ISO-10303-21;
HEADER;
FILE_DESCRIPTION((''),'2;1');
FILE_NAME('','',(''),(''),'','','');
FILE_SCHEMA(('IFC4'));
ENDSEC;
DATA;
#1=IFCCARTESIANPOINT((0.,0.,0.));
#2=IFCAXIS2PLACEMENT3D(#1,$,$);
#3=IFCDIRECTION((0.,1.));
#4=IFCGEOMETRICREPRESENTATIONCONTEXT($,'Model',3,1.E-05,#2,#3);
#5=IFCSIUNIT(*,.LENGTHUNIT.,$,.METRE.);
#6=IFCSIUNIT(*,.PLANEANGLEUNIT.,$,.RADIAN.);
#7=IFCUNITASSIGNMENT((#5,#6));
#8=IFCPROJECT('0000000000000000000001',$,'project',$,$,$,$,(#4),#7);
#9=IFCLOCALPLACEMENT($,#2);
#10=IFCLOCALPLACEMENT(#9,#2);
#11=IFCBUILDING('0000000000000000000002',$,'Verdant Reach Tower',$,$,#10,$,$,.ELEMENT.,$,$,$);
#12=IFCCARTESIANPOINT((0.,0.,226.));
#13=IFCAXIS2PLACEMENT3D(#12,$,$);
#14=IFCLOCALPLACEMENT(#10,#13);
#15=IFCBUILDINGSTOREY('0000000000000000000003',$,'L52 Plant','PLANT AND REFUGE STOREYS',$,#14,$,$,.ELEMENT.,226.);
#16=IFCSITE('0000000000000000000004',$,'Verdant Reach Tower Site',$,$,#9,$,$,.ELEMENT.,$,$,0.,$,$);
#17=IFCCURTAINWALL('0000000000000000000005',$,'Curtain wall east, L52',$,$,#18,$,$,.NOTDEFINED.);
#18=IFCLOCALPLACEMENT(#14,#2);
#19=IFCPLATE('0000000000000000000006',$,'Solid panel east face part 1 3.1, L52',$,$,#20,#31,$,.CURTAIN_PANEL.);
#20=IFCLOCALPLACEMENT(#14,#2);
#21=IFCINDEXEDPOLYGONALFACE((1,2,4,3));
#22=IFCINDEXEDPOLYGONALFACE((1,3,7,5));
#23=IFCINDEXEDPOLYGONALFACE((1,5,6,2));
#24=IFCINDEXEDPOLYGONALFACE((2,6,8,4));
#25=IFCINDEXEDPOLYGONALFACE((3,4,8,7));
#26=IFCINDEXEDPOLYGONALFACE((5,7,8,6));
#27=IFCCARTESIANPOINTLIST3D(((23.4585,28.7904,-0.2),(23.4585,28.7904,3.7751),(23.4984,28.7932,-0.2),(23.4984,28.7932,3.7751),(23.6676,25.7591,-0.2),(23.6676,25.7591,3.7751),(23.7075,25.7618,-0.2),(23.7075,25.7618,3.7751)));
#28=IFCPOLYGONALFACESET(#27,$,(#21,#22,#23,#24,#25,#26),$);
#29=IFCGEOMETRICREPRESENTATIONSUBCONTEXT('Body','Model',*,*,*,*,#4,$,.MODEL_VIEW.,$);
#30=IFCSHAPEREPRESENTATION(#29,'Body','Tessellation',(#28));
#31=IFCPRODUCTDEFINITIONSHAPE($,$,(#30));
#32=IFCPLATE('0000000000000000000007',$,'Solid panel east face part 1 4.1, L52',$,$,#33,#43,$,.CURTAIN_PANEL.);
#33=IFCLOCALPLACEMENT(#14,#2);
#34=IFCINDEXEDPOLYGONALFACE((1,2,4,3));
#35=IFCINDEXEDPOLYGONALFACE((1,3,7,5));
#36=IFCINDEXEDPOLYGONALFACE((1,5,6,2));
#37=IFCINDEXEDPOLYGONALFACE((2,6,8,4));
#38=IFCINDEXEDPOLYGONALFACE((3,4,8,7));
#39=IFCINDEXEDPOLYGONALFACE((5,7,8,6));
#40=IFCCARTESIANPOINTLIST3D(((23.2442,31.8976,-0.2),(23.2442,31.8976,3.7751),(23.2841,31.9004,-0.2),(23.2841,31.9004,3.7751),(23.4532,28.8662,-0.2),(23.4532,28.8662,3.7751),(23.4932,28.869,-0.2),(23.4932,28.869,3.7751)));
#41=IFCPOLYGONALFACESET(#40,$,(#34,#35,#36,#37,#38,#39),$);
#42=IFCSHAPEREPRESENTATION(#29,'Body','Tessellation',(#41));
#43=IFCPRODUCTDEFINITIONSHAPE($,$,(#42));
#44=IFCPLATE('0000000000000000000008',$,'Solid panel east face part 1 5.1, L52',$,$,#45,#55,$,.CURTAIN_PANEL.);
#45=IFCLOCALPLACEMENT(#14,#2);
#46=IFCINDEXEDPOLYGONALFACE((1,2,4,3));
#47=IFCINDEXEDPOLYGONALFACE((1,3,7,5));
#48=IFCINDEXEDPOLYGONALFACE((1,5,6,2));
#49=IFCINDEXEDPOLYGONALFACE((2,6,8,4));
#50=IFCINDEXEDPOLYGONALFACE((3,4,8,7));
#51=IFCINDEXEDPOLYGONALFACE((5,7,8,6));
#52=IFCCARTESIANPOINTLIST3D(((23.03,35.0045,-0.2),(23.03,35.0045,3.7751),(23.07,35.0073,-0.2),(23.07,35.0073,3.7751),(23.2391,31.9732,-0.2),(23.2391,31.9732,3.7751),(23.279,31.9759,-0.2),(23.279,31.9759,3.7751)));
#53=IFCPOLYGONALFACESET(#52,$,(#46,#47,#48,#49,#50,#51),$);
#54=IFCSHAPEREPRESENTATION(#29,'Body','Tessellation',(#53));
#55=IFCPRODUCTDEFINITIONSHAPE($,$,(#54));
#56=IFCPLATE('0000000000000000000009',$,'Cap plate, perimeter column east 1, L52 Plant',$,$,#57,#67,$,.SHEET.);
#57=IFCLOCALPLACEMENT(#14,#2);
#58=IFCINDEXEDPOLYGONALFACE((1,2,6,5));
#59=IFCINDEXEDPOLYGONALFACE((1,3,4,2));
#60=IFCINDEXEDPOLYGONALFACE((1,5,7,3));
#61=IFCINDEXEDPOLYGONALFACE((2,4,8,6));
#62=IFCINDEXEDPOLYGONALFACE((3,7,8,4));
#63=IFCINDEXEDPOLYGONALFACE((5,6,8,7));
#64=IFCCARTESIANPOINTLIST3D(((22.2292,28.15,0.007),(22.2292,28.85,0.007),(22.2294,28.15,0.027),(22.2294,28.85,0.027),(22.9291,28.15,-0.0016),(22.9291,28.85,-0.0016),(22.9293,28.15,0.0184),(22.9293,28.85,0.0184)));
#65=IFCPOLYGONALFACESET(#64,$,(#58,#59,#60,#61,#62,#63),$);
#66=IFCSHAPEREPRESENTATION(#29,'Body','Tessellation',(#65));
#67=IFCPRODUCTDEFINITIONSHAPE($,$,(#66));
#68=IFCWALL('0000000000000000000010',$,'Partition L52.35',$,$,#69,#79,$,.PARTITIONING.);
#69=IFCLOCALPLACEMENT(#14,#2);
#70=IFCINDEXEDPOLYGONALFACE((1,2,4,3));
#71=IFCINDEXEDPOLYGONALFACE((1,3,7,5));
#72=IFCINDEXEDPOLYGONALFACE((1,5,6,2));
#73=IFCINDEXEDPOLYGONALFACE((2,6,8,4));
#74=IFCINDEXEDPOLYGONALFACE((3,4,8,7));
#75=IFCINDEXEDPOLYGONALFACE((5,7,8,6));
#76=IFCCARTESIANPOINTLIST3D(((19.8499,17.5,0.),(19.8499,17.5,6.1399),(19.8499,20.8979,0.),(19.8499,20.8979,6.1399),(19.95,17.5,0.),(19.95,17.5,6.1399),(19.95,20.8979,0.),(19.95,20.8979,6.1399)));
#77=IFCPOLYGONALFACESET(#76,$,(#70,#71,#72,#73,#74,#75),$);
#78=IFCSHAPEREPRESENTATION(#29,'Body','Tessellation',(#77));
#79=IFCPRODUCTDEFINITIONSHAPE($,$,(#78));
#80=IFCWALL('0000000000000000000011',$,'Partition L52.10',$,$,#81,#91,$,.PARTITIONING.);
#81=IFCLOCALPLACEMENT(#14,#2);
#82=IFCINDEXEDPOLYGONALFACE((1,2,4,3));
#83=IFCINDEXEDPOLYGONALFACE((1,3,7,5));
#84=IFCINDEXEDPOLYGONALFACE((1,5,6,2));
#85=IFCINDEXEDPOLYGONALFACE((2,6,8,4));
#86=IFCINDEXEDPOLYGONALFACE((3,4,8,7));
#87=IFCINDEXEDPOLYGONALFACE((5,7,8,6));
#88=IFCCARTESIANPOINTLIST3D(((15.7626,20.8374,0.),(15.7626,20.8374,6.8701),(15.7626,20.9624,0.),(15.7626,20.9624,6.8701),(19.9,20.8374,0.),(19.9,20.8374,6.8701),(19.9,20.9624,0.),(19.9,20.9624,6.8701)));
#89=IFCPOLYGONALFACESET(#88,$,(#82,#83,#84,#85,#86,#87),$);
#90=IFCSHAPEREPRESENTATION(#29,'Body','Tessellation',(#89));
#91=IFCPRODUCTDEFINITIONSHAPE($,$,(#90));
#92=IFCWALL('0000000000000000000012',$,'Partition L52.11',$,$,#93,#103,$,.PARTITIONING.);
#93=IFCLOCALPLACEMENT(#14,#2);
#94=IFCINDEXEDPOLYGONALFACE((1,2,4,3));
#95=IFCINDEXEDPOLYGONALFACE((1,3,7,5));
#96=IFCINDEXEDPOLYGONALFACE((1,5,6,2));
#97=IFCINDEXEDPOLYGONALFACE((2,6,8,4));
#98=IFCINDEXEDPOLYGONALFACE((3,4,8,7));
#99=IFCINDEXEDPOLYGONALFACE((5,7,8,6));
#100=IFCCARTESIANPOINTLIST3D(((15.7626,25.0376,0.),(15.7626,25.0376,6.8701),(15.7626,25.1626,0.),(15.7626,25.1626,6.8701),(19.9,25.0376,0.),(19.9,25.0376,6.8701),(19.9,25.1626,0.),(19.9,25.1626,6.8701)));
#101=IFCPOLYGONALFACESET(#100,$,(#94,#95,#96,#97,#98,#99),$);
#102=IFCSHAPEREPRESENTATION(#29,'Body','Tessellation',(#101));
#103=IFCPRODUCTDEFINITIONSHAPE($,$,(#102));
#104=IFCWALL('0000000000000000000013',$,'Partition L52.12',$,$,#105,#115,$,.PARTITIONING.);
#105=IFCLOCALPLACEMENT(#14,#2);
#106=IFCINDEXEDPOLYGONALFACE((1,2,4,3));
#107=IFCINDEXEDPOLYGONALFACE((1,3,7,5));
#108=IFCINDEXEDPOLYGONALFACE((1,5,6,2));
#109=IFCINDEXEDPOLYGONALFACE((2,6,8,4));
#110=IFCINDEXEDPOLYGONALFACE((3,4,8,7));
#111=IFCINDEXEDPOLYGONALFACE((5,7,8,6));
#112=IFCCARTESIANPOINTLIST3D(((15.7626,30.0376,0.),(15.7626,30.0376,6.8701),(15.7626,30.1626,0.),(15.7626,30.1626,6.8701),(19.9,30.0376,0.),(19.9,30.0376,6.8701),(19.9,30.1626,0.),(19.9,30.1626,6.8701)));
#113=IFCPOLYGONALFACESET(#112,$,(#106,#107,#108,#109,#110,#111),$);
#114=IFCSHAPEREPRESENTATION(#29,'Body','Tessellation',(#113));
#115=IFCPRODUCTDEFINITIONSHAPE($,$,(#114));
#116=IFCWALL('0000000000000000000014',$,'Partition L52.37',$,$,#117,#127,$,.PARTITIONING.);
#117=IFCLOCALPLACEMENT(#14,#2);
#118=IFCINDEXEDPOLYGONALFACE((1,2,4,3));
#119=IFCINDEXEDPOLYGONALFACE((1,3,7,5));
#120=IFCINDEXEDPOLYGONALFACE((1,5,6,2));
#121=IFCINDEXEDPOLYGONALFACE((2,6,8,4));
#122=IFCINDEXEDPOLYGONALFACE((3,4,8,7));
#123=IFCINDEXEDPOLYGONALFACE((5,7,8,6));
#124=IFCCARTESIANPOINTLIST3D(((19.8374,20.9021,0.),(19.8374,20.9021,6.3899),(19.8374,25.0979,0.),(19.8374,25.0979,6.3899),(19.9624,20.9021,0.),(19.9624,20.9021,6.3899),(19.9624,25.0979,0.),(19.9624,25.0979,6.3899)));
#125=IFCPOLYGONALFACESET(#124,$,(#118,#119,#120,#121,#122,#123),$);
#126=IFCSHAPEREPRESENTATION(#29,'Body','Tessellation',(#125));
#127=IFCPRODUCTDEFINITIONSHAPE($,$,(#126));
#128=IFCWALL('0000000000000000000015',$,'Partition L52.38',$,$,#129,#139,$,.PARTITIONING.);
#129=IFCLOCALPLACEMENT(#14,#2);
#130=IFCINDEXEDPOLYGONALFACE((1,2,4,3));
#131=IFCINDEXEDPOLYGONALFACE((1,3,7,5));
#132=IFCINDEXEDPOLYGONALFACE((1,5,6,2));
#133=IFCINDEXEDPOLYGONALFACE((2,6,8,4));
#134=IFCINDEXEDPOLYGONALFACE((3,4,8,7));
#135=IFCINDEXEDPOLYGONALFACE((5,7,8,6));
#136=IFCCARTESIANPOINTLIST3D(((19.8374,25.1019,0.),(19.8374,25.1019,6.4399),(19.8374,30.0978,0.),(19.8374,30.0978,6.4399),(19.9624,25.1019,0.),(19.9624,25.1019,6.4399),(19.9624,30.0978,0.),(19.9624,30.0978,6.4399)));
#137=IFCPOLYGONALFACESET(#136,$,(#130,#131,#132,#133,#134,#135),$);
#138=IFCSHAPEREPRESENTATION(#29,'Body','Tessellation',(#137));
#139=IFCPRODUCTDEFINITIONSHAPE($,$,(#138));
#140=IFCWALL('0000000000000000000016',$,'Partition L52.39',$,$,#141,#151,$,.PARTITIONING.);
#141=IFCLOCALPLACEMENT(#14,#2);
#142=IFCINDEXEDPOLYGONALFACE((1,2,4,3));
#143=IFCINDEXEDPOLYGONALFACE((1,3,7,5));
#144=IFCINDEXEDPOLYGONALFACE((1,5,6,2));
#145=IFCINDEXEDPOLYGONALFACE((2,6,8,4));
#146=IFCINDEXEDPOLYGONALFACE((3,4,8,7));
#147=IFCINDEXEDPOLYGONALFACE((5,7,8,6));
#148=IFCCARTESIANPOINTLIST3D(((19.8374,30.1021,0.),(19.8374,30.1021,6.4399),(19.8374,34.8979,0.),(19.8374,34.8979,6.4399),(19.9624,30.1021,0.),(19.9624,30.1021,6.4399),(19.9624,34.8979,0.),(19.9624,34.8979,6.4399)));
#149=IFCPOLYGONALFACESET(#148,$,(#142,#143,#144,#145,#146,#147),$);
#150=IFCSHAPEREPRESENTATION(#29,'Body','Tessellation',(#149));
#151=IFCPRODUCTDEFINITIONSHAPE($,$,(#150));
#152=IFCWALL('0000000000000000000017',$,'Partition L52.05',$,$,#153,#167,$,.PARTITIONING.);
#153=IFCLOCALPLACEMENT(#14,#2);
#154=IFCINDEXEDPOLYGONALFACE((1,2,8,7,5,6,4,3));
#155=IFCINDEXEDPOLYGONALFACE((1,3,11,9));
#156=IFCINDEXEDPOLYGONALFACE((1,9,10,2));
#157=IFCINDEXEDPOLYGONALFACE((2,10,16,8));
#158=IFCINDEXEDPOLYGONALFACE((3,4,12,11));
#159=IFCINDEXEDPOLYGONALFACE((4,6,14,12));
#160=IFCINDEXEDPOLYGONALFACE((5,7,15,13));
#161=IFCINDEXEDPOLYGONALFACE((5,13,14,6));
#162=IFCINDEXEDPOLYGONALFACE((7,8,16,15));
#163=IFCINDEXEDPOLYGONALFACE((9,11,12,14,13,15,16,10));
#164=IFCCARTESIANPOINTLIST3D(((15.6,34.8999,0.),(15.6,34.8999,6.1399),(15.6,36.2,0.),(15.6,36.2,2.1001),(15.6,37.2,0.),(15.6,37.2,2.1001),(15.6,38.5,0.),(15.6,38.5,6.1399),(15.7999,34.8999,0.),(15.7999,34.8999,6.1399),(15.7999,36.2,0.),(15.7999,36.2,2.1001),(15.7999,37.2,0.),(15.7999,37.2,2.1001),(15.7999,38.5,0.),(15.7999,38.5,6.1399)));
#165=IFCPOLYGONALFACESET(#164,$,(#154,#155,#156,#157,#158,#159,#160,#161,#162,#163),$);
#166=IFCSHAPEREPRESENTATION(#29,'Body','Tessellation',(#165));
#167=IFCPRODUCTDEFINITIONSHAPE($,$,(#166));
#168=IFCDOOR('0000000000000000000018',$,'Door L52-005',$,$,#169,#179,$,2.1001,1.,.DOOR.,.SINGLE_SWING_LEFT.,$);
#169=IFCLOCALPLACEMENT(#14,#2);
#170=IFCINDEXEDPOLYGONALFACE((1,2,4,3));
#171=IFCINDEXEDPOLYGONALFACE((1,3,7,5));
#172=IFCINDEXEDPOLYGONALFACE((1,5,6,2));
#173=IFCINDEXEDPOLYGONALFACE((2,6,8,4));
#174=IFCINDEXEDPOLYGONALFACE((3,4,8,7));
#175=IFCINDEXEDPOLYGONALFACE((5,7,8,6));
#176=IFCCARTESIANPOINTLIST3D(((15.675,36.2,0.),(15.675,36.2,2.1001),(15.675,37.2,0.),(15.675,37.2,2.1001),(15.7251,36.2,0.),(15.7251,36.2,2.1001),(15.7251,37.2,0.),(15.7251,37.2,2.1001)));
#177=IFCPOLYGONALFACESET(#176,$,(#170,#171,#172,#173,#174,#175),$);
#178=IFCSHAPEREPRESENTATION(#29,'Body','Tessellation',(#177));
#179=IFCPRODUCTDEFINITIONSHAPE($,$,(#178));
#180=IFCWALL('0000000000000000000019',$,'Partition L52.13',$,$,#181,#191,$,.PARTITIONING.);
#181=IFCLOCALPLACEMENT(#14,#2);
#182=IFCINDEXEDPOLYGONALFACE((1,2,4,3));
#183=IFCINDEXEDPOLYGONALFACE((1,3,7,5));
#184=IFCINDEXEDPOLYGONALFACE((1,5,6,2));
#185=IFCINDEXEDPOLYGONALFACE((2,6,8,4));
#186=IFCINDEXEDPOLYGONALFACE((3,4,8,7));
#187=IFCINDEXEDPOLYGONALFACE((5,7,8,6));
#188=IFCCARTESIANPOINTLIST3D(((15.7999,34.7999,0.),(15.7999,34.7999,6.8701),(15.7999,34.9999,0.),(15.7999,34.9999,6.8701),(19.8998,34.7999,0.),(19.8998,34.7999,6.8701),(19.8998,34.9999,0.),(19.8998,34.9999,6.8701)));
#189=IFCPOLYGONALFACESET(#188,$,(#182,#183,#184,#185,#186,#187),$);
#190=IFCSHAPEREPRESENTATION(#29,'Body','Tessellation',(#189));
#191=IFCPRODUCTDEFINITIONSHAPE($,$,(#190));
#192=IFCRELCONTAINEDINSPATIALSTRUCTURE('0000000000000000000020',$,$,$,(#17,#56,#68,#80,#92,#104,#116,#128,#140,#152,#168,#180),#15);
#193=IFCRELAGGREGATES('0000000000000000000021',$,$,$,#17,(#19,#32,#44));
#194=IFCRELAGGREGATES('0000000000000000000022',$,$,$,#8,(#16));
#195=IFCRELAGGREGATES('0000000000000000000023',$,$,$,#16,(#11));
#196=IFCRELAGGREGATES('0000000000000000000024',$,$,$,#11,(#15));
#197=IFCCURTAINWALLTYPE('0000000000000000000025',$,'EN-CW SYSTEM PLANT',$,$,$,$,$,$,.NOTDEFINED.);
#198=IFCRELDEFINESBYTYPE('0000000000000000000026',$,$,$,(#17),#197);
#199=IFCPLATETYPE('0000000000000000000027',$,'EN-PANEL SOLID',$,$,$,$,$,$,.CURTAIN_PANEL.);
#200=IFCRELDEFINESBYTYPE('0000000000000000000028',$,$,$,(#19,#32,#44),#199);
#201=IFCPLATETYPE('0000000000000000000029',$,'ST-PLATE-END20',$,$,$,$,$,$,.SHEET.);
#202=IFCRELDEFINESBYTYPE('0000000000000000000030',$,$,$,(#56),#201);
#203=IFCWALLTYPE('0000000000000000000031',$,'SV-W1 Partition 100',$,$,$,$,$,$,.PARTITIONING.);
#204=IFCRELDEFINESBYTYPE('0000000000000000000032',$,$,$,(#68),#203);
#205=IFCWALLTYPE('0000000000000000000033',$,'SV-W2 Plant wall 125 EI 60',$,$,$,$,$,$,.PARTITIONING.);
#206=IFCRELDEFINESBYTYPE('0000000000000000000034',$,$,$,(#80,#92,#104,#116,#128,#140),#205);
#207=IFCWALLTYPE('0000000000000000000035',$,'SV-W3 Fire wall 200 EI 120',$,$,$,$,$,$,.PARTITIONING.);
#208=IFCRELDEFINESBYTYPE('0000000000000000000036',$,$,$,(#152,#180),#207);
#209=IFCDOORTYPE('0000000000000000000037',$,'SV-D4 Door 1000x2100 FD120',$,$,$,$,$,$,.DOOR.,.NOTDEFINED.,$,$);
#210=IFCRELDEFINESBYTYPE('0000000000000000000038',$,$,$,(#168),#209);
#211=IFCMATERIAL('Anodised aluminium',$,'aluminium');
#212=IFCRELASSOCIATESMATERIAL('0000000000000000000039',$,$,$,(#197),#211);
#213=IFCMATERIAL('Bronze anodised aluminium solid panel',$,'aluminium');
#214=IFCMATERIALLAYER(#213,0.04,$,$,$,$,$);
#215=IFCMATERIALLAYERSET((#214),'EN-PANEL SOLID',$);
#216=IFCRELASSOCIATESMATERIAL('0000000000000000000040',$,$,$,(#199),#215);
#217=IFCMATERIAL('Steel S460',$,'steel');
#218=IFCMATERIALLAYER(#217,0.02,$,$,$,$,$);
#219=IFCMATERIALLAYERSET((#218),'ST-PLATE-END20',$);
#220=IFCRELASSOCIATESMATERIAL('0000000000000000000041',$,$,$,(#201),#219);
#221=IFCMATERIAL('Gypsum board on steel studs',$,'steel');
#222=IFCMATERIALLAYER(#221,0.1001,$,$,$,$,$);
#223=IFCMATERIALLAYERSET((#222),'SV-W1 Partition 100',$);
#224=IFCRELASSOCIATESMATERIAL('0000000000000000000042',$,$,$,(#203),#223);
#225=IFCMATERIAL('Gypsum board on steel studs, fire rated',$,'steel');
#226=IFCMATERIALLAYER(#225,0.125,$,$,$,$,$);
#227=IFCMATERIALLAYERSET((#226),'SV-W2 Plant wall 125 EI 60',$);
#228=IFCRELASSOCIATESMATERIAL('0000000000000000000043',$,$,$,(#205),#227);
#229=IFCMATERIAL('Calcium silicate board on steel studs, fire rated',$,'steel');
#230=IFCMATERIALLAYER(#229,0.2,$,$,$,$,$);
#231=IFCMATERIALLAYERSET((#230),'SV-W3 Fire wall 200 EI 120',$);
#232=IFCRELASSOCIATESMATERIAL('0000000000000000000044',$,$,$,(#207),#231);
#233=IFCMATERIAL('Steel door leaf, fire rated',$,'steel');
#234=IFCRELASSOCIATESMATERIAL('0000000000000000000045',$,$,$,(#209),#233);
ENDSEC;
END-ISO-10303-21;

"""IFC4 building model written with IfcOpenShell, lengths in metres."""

from ifc_helpers import new_model, si_unit, direction, frame, frame_2d, origin, origin_2d, place, context, subcontext, project, spatial, rectangle, extrude, material, layer, layer_set, type_object, element, fill, aggregate, save


model = new_model("IFC4")

# Units and contexts
model_context = context("Model", 3, precision=1e-05, world=origin(), true_north=direction((0.0, 1.0)))
body_context = subcontext(model_context, "Body", "Model", "MODEL_VIEW")
ifc_project = project(units=[si_unit("LENGTHUNIT", "METRE"), si_unit("PLANEANGLEUNIT", "RADIAN")], contexts=[model_context])

# Site, building, storey
site_placement = place(None, origin())
site = spatial("IfcSite", under=ifc_project, at=site_placement, Name="Verdant Reach Tower Site", CompositionType="ELEMENT", RefElevation=0.0)
building_placement = place(site_placement, origin())
building = spatial("IfcBuilding", under=site, at=building_placement, Name="Verdant Reach Tower", CompositionType="ELEMENT")
storey_placement = place(building_placement, frame((0.0, 0.0, 226.0)))
storey = spatial("IfcBuildingStorey", under=building, at=storey_placement, Name="L52 Plant", Description="PLANT AND REFUGE STOREYS", CompositionType="ELEMENT", Elevation=226.0)

# Shared definitions
ifc_material_1 = material(Name="Steel S460", Category="steel")

# Curtain wall
ifc_material_2 = material(Name="Anodised aluminium", Category="aluminium")
curtain_wall_type = type_object("IfcCurtainWallType", Name="EN-CW SYSTEM PLANT", PredefinedType="NOTDEFINED", material=ifc_material_2)
curtain_wall_placement = place(storey_placement, origin())
curtain_wall = element("IfcCurtainWall", 1, at=curtain_wall_placement, inside=storey, type_object=curtain_wall_type, Name="Curtain wall east, L52", PredefinedType="NOTDEFINED")

# Plates
ifc_material_3 = material(Name="Bronze anodised aluminium solid panel", Category="aluminium")
ifc_layer_1 = layer(ifc_material_3, 0.04)
ifc_layer_set_1 = layer_set([ifc_layer_1], Name="EN-PANEL SOLID")
plate_type_1 = type_object("IfcPlateType", Name="EN-PANEL SOLID", PredefinedType="CURTAIN_PANEL", material=ifc_layer_set_1)
plate_1_placement = place(storey_placement, frame((23.583, 27.2761, -0.2), z_axis=(0.0, 0.0, 1.0), x_axis=(-0.068802, 0.99763, 0.0)))
plate_1 = element("IfcPlate", 2, at=plate_1_placement, type_object=plate_type_1, Name="Solid panel east face part 1 3.1, L52", PredefinedType="CURTAIN_PANEL", context=body_context, shape_type="SweptSolid", body=[
    extrude(rectangle(XDim=3.0386, YDim=0.04, at=origin_2d()), origin(), (0.0, 0.0, 1.0), 3.9751),
])
plate_2_placement = place(storey_placement, frame((23.3687, 30.3833, -0.2), z_axis=(0.0, 0.0, 1.0), x_axis=(-0.068802, 0.99763, 0.0)))
plate_2 = element("IfcPlate", 3, at=plate_2_placement, type_object=plate_type_1, Name="Solid panel east face part 1 4.1, L52", PredefinedType="CURTAIN_PANEL", context=body_context, shape_type="SweptSolid", body=[
    extrude(rectangle(XDim=3.0386, YDim=0.04, at=origin_2d()), origin(), (0.0, 0.0, 1.0), 3.9751),
])
plate_3_placement = place(storey_placement, frame((23.1545, 33.4902, -0.2), z_axis=(0.0, 0.0, 1.0), x_axis=(-0.068802, 0.99763, 0.0)))
plate_3 = element("IfcPlate", 4, at=plate_3_placement, type_object=plate_type_1, Name="Solid panel east face part 1 5.1, L52", PredefinedType="CURTAIN_PANEL", context=body_context, shape_type="SweptSolid", body=[
    extrude(rectangle(XDim=3.0386, YDim=0.04, at=origin_2d()), origin(), (0.0, 0.0, 1.0), 3.9751),
])
ifc_layer_2 = layer(ifc_material_1, 0.02)
ifc_layer_set_2 = layer_set([ifc_layer_2], Name="ST-PLATE-END20")
plate_type_2 = type_object("IfcPlateType", Name="ST-PLATE-END20", PredefinedType="SHEET", material=ifc_layer_set_2)
plate_4_placement = place(storey_placement, frame((22.5791, 28.5, 0.0027), z_axis=(0.012194, 0.0, 0.999926), x_axis=(0.0, 1.0, 0.0)))
element("IfcPlate", 5, at=plate_4_placement, inside=storey, type_object=plate_type_2, Name="Cap plate, perimeter column east 1, L52 Plant", PredefinedType="SHEET", context=body_context, shape_type="SweptSolid", body=[
    extrude(rectangle(XDim=0.7, YDim=0.7, at=origin_2d()), origin(), (0.0, 0.0, 1.0), 0.02),
])

# Walls
ifc_material_4 = material(Name="Gypsum board on steel studs", Category="steel")
ifc_layer_3 = layer(ifc_material_4, 0.1001)
ifc_layer_set_3 = layer_set([ifc_layer_3], Name="SV-W1 Partition 100")
wall_type_1 = type_object("IfcWallType", Name="SV-W1 Partition 100", PredefinedType="PARTITIONING", material=ifc_layer_set_3)
wall_1_placement = place(storey_placement, frame((19.8999, 20.8979, 0.0), z_axis=(0.0, 0.0, 1.0), x_axis=(0.0, -1.0, 0.0)))
element("IfcWall", 6, at=wall_1_placement, inside=storey, type_object=wall_type_1, Name="Partition L52.35", PredefinedType="PARTITIONING", context=body_context, shape_type="SweptSolid", body=[
    extrude(rectangle(XDim=3.3979, YDim=0.1001, at=frame_2d((1.699, 0.0))), origin(), (0.0, 0.0, 1.0), 6.1399),
])
ifc_material_5 = material(Name="Gypsum board on steel studs, fire rated", Category="steel")
ifc_layer_4 = layer(ifc_material_5, 0.125)
ifc_layer_set_4 = layer_set([ifc_layer_4], Name="SV-W2 Plant wall 125 EI 60")
wall_type_2 = type_object("IfcWallType", Name="SV-W2 Plant wall 125 EI 60", PredefinedType="PARTITIONING", material=ifc_layer_set_4)
for number, where, z_axis, x_axis, name in (
    (7, (15.7625, 20.8999, 0.0), (0.0, 0.0, 1.0), (1.0, 0.0, 0.0), "Partition L52.10"),
    (8, (15.7625, 25.1001, 0.0), (0.0, 0.0, 1.0), (1.0, 0.0, 0.0), "Partition L52.11"),
    (9, (15.7625, 30.1001, 0.0), (0.0, 0.0, 1.0), (1.0, 0.0, 0.0), "Partition L52.12"),
):
    element("IfcWall", number, at=place(storey_placement, frame(where, z_axis=z_axis, x_axis=x_axis)), inside=storey, type_object=wall_type_2, Name=name, PredefinedType="PARTITIONING", context=body_context, shape_type="SweptSolid", body=[
        extrude(rectangle(XDim=4.1375, YDim=0.125, at=frame_2d((2.0688, 0.0))), origin(), (0.0, 0.0, 1.0), 6.8701),
    ])
wall_2_placement = place(storey_placement, frame((19.8999, 25.0979, 0.0), z_axis=(0.0, 0.0, 1.0), x_axis=(0.0, -1.0, 0.0)))
element("IfcWall", 10, at=wall_2_placement, inside=storey, type_object=wall_type_2, Name="Partition L52.37", PredefinedType="PARTITIONING", context=body_context, shape_type="SweptSolid", body=[
    extrude(rectangle(XDim=4.1958, YDim=0.125, at=frame_2d((2.0979, 0.0))), origin(), (0.0, 0.0, 1.0), 6.3899),
])
wall_3_placement = place(storey_placement, frame((19.8999, 30.0979, 0.0), z_axis=(0.0, 0.0, 1.0), x_axis=(0.0, -1.0, 0.0)))
element("IfcWall", 11, at=wall_3_placement, inside=storey, type_object=wall_type_2, Name="Partition L52.38", PredefinedType="PARTITIONING", context=body_context, shape_type="SweptSolid", body=[
    extrude(rectangle(XDim=4.9958, YDim=0.125, at=frame_2d((2.498, 0.0))), origin(), (0.0, 0.0, 1.0), 6.4399),
])
wall_4_placement = place(storey_placement, frame((19.8999, 34.8979, 0.0), z_axis=(0.0, 0.0, 1.0), x_axis=(0.0, -1.0, 0.0)))
element("IfcWall", 12, at=wall_4_placement, inside=storey, type_object=wall_type_2, Name="Partition L52.39", PredefinedType="PARTITIONING", context=body_context, shape_type="SweptSolid", body=[
    extrude(rectangle(XDim=4.7959, YDim=0.125, at=frame_2d((2.3979, 0.0))), origin(), (0.0, 0.0, 1.0), 6.4399),
])

# Wall, opening, door
ifc_material_6 = material(Name="Calcium silicate board on steel studs, fire rated", Category="steel")
ifc_layer_5 = layer(ifc_material_6, 0.2)
ifc_layer_set_5 = layer_set([ifc_layer_5], Name="SV-W3 Fire wall 200 EI 120")
wall_type_3 = type_object("IfcWallType", Name="SV-W3 Fire wall 200 EI 120", PredefinedType="PARTITIONING", material=ifc_layer_set_5)
wall_5_placement = place(storey_placement, frame((15.7, 34.8999, 0.0), z_axis=(0.0, 0.0, 1.0), x_axis=(0.0, 1.0, 0.0)))
wall_5 = element("IfcWall", 13, at=wall_5_placement, inside=storey, type_object=wall_type_3, Name="Partition L52.05", PredefinedType="PARTITIONING", context=body_context, shape_type="SweptSolid", body=[
    extrude(rectangle(XDim=3.6001, YDim=0.2, at=frame_2d((1.8, 0.0))), origin(), (0.0, 0.0, 1.0), 6.1399),
])
opening_placement = place(wall_5_placement, frame((1.3, 0.0, 0.0)))
opening = element("IfcOpeningElement", 14, at=opening_placement, cuts=wall_5, PredefinedType="OPENING", context=body_context, shape_type="SweptSolid", body=[
    extrude(rectangle(XDim=1.0, YDim=2.1001, at=frame_2d((0.5, 1.05))), frame((0.0, 0.1099, 0.0), z_axis=(0.0, -1.0, 0.0), x_axis=(1.0, 0.0, 0.0)), (0.0, 0.0, 1.0), 0.22),
])
ifc_material_7 = material(Name="Steel door leaf, fire rated", Category="steel")
door_type = type_object("IfcDoorType", Name="SV-D4 Door 1000x2100 FD120", OperationType="NOTDEFINED", PredefinedType="DOOR", material=ifc_material_7)
door_placement = place(opening_placement, origin())
door = element("IfcDoor", 15, at=door_placement, inside=storey, type_object=door_type, Name="Door L52-005", OperationType="SINGLE_SWING_LEFT", OverallHeight=2.1001, OverallWidth=1.0, PredefinedType="DOOR", context=body_context, shape_type="SweptSolid", body=[
    extrude(rectangle(XDim=1.0, YDim=2.1001, at=frame_2d((0.5, 1.05))), frame((0.0, 0.0249, 0.0), z_axis=(0.0, -1.0, 0.0), x_axis=(1.0, 0.0, 0.0)), (0.0, 0.0, 1.0), 0.05),
])
fill(opening, door)

# Wall
wall_6_placement = place(storey_placement, frame((15.8, 34.8999, 0.0), z_axis=(0.0, 0.0, 1.0), x_axis=(1.0, 0.0, 0.0)))
element("IfcWall", 16, at=wall_6_placement, inside=storey, type_object=wall_type_3, Name="Partition L52.13", PredefinedType="PARTITIONING", context=body_context, shape_type="SweptSolid", body=[
    extrude(rectangle(XDim=4.0999, YDim=0.2, at=frame_2d((2.0498, 0.0))), origin(), (0.0, 0.0, 1.0), 6.8701),
])

aggregate(curtain_wall, [plate_1, plate_2, plate_3])

save(model, "model.ifc")
